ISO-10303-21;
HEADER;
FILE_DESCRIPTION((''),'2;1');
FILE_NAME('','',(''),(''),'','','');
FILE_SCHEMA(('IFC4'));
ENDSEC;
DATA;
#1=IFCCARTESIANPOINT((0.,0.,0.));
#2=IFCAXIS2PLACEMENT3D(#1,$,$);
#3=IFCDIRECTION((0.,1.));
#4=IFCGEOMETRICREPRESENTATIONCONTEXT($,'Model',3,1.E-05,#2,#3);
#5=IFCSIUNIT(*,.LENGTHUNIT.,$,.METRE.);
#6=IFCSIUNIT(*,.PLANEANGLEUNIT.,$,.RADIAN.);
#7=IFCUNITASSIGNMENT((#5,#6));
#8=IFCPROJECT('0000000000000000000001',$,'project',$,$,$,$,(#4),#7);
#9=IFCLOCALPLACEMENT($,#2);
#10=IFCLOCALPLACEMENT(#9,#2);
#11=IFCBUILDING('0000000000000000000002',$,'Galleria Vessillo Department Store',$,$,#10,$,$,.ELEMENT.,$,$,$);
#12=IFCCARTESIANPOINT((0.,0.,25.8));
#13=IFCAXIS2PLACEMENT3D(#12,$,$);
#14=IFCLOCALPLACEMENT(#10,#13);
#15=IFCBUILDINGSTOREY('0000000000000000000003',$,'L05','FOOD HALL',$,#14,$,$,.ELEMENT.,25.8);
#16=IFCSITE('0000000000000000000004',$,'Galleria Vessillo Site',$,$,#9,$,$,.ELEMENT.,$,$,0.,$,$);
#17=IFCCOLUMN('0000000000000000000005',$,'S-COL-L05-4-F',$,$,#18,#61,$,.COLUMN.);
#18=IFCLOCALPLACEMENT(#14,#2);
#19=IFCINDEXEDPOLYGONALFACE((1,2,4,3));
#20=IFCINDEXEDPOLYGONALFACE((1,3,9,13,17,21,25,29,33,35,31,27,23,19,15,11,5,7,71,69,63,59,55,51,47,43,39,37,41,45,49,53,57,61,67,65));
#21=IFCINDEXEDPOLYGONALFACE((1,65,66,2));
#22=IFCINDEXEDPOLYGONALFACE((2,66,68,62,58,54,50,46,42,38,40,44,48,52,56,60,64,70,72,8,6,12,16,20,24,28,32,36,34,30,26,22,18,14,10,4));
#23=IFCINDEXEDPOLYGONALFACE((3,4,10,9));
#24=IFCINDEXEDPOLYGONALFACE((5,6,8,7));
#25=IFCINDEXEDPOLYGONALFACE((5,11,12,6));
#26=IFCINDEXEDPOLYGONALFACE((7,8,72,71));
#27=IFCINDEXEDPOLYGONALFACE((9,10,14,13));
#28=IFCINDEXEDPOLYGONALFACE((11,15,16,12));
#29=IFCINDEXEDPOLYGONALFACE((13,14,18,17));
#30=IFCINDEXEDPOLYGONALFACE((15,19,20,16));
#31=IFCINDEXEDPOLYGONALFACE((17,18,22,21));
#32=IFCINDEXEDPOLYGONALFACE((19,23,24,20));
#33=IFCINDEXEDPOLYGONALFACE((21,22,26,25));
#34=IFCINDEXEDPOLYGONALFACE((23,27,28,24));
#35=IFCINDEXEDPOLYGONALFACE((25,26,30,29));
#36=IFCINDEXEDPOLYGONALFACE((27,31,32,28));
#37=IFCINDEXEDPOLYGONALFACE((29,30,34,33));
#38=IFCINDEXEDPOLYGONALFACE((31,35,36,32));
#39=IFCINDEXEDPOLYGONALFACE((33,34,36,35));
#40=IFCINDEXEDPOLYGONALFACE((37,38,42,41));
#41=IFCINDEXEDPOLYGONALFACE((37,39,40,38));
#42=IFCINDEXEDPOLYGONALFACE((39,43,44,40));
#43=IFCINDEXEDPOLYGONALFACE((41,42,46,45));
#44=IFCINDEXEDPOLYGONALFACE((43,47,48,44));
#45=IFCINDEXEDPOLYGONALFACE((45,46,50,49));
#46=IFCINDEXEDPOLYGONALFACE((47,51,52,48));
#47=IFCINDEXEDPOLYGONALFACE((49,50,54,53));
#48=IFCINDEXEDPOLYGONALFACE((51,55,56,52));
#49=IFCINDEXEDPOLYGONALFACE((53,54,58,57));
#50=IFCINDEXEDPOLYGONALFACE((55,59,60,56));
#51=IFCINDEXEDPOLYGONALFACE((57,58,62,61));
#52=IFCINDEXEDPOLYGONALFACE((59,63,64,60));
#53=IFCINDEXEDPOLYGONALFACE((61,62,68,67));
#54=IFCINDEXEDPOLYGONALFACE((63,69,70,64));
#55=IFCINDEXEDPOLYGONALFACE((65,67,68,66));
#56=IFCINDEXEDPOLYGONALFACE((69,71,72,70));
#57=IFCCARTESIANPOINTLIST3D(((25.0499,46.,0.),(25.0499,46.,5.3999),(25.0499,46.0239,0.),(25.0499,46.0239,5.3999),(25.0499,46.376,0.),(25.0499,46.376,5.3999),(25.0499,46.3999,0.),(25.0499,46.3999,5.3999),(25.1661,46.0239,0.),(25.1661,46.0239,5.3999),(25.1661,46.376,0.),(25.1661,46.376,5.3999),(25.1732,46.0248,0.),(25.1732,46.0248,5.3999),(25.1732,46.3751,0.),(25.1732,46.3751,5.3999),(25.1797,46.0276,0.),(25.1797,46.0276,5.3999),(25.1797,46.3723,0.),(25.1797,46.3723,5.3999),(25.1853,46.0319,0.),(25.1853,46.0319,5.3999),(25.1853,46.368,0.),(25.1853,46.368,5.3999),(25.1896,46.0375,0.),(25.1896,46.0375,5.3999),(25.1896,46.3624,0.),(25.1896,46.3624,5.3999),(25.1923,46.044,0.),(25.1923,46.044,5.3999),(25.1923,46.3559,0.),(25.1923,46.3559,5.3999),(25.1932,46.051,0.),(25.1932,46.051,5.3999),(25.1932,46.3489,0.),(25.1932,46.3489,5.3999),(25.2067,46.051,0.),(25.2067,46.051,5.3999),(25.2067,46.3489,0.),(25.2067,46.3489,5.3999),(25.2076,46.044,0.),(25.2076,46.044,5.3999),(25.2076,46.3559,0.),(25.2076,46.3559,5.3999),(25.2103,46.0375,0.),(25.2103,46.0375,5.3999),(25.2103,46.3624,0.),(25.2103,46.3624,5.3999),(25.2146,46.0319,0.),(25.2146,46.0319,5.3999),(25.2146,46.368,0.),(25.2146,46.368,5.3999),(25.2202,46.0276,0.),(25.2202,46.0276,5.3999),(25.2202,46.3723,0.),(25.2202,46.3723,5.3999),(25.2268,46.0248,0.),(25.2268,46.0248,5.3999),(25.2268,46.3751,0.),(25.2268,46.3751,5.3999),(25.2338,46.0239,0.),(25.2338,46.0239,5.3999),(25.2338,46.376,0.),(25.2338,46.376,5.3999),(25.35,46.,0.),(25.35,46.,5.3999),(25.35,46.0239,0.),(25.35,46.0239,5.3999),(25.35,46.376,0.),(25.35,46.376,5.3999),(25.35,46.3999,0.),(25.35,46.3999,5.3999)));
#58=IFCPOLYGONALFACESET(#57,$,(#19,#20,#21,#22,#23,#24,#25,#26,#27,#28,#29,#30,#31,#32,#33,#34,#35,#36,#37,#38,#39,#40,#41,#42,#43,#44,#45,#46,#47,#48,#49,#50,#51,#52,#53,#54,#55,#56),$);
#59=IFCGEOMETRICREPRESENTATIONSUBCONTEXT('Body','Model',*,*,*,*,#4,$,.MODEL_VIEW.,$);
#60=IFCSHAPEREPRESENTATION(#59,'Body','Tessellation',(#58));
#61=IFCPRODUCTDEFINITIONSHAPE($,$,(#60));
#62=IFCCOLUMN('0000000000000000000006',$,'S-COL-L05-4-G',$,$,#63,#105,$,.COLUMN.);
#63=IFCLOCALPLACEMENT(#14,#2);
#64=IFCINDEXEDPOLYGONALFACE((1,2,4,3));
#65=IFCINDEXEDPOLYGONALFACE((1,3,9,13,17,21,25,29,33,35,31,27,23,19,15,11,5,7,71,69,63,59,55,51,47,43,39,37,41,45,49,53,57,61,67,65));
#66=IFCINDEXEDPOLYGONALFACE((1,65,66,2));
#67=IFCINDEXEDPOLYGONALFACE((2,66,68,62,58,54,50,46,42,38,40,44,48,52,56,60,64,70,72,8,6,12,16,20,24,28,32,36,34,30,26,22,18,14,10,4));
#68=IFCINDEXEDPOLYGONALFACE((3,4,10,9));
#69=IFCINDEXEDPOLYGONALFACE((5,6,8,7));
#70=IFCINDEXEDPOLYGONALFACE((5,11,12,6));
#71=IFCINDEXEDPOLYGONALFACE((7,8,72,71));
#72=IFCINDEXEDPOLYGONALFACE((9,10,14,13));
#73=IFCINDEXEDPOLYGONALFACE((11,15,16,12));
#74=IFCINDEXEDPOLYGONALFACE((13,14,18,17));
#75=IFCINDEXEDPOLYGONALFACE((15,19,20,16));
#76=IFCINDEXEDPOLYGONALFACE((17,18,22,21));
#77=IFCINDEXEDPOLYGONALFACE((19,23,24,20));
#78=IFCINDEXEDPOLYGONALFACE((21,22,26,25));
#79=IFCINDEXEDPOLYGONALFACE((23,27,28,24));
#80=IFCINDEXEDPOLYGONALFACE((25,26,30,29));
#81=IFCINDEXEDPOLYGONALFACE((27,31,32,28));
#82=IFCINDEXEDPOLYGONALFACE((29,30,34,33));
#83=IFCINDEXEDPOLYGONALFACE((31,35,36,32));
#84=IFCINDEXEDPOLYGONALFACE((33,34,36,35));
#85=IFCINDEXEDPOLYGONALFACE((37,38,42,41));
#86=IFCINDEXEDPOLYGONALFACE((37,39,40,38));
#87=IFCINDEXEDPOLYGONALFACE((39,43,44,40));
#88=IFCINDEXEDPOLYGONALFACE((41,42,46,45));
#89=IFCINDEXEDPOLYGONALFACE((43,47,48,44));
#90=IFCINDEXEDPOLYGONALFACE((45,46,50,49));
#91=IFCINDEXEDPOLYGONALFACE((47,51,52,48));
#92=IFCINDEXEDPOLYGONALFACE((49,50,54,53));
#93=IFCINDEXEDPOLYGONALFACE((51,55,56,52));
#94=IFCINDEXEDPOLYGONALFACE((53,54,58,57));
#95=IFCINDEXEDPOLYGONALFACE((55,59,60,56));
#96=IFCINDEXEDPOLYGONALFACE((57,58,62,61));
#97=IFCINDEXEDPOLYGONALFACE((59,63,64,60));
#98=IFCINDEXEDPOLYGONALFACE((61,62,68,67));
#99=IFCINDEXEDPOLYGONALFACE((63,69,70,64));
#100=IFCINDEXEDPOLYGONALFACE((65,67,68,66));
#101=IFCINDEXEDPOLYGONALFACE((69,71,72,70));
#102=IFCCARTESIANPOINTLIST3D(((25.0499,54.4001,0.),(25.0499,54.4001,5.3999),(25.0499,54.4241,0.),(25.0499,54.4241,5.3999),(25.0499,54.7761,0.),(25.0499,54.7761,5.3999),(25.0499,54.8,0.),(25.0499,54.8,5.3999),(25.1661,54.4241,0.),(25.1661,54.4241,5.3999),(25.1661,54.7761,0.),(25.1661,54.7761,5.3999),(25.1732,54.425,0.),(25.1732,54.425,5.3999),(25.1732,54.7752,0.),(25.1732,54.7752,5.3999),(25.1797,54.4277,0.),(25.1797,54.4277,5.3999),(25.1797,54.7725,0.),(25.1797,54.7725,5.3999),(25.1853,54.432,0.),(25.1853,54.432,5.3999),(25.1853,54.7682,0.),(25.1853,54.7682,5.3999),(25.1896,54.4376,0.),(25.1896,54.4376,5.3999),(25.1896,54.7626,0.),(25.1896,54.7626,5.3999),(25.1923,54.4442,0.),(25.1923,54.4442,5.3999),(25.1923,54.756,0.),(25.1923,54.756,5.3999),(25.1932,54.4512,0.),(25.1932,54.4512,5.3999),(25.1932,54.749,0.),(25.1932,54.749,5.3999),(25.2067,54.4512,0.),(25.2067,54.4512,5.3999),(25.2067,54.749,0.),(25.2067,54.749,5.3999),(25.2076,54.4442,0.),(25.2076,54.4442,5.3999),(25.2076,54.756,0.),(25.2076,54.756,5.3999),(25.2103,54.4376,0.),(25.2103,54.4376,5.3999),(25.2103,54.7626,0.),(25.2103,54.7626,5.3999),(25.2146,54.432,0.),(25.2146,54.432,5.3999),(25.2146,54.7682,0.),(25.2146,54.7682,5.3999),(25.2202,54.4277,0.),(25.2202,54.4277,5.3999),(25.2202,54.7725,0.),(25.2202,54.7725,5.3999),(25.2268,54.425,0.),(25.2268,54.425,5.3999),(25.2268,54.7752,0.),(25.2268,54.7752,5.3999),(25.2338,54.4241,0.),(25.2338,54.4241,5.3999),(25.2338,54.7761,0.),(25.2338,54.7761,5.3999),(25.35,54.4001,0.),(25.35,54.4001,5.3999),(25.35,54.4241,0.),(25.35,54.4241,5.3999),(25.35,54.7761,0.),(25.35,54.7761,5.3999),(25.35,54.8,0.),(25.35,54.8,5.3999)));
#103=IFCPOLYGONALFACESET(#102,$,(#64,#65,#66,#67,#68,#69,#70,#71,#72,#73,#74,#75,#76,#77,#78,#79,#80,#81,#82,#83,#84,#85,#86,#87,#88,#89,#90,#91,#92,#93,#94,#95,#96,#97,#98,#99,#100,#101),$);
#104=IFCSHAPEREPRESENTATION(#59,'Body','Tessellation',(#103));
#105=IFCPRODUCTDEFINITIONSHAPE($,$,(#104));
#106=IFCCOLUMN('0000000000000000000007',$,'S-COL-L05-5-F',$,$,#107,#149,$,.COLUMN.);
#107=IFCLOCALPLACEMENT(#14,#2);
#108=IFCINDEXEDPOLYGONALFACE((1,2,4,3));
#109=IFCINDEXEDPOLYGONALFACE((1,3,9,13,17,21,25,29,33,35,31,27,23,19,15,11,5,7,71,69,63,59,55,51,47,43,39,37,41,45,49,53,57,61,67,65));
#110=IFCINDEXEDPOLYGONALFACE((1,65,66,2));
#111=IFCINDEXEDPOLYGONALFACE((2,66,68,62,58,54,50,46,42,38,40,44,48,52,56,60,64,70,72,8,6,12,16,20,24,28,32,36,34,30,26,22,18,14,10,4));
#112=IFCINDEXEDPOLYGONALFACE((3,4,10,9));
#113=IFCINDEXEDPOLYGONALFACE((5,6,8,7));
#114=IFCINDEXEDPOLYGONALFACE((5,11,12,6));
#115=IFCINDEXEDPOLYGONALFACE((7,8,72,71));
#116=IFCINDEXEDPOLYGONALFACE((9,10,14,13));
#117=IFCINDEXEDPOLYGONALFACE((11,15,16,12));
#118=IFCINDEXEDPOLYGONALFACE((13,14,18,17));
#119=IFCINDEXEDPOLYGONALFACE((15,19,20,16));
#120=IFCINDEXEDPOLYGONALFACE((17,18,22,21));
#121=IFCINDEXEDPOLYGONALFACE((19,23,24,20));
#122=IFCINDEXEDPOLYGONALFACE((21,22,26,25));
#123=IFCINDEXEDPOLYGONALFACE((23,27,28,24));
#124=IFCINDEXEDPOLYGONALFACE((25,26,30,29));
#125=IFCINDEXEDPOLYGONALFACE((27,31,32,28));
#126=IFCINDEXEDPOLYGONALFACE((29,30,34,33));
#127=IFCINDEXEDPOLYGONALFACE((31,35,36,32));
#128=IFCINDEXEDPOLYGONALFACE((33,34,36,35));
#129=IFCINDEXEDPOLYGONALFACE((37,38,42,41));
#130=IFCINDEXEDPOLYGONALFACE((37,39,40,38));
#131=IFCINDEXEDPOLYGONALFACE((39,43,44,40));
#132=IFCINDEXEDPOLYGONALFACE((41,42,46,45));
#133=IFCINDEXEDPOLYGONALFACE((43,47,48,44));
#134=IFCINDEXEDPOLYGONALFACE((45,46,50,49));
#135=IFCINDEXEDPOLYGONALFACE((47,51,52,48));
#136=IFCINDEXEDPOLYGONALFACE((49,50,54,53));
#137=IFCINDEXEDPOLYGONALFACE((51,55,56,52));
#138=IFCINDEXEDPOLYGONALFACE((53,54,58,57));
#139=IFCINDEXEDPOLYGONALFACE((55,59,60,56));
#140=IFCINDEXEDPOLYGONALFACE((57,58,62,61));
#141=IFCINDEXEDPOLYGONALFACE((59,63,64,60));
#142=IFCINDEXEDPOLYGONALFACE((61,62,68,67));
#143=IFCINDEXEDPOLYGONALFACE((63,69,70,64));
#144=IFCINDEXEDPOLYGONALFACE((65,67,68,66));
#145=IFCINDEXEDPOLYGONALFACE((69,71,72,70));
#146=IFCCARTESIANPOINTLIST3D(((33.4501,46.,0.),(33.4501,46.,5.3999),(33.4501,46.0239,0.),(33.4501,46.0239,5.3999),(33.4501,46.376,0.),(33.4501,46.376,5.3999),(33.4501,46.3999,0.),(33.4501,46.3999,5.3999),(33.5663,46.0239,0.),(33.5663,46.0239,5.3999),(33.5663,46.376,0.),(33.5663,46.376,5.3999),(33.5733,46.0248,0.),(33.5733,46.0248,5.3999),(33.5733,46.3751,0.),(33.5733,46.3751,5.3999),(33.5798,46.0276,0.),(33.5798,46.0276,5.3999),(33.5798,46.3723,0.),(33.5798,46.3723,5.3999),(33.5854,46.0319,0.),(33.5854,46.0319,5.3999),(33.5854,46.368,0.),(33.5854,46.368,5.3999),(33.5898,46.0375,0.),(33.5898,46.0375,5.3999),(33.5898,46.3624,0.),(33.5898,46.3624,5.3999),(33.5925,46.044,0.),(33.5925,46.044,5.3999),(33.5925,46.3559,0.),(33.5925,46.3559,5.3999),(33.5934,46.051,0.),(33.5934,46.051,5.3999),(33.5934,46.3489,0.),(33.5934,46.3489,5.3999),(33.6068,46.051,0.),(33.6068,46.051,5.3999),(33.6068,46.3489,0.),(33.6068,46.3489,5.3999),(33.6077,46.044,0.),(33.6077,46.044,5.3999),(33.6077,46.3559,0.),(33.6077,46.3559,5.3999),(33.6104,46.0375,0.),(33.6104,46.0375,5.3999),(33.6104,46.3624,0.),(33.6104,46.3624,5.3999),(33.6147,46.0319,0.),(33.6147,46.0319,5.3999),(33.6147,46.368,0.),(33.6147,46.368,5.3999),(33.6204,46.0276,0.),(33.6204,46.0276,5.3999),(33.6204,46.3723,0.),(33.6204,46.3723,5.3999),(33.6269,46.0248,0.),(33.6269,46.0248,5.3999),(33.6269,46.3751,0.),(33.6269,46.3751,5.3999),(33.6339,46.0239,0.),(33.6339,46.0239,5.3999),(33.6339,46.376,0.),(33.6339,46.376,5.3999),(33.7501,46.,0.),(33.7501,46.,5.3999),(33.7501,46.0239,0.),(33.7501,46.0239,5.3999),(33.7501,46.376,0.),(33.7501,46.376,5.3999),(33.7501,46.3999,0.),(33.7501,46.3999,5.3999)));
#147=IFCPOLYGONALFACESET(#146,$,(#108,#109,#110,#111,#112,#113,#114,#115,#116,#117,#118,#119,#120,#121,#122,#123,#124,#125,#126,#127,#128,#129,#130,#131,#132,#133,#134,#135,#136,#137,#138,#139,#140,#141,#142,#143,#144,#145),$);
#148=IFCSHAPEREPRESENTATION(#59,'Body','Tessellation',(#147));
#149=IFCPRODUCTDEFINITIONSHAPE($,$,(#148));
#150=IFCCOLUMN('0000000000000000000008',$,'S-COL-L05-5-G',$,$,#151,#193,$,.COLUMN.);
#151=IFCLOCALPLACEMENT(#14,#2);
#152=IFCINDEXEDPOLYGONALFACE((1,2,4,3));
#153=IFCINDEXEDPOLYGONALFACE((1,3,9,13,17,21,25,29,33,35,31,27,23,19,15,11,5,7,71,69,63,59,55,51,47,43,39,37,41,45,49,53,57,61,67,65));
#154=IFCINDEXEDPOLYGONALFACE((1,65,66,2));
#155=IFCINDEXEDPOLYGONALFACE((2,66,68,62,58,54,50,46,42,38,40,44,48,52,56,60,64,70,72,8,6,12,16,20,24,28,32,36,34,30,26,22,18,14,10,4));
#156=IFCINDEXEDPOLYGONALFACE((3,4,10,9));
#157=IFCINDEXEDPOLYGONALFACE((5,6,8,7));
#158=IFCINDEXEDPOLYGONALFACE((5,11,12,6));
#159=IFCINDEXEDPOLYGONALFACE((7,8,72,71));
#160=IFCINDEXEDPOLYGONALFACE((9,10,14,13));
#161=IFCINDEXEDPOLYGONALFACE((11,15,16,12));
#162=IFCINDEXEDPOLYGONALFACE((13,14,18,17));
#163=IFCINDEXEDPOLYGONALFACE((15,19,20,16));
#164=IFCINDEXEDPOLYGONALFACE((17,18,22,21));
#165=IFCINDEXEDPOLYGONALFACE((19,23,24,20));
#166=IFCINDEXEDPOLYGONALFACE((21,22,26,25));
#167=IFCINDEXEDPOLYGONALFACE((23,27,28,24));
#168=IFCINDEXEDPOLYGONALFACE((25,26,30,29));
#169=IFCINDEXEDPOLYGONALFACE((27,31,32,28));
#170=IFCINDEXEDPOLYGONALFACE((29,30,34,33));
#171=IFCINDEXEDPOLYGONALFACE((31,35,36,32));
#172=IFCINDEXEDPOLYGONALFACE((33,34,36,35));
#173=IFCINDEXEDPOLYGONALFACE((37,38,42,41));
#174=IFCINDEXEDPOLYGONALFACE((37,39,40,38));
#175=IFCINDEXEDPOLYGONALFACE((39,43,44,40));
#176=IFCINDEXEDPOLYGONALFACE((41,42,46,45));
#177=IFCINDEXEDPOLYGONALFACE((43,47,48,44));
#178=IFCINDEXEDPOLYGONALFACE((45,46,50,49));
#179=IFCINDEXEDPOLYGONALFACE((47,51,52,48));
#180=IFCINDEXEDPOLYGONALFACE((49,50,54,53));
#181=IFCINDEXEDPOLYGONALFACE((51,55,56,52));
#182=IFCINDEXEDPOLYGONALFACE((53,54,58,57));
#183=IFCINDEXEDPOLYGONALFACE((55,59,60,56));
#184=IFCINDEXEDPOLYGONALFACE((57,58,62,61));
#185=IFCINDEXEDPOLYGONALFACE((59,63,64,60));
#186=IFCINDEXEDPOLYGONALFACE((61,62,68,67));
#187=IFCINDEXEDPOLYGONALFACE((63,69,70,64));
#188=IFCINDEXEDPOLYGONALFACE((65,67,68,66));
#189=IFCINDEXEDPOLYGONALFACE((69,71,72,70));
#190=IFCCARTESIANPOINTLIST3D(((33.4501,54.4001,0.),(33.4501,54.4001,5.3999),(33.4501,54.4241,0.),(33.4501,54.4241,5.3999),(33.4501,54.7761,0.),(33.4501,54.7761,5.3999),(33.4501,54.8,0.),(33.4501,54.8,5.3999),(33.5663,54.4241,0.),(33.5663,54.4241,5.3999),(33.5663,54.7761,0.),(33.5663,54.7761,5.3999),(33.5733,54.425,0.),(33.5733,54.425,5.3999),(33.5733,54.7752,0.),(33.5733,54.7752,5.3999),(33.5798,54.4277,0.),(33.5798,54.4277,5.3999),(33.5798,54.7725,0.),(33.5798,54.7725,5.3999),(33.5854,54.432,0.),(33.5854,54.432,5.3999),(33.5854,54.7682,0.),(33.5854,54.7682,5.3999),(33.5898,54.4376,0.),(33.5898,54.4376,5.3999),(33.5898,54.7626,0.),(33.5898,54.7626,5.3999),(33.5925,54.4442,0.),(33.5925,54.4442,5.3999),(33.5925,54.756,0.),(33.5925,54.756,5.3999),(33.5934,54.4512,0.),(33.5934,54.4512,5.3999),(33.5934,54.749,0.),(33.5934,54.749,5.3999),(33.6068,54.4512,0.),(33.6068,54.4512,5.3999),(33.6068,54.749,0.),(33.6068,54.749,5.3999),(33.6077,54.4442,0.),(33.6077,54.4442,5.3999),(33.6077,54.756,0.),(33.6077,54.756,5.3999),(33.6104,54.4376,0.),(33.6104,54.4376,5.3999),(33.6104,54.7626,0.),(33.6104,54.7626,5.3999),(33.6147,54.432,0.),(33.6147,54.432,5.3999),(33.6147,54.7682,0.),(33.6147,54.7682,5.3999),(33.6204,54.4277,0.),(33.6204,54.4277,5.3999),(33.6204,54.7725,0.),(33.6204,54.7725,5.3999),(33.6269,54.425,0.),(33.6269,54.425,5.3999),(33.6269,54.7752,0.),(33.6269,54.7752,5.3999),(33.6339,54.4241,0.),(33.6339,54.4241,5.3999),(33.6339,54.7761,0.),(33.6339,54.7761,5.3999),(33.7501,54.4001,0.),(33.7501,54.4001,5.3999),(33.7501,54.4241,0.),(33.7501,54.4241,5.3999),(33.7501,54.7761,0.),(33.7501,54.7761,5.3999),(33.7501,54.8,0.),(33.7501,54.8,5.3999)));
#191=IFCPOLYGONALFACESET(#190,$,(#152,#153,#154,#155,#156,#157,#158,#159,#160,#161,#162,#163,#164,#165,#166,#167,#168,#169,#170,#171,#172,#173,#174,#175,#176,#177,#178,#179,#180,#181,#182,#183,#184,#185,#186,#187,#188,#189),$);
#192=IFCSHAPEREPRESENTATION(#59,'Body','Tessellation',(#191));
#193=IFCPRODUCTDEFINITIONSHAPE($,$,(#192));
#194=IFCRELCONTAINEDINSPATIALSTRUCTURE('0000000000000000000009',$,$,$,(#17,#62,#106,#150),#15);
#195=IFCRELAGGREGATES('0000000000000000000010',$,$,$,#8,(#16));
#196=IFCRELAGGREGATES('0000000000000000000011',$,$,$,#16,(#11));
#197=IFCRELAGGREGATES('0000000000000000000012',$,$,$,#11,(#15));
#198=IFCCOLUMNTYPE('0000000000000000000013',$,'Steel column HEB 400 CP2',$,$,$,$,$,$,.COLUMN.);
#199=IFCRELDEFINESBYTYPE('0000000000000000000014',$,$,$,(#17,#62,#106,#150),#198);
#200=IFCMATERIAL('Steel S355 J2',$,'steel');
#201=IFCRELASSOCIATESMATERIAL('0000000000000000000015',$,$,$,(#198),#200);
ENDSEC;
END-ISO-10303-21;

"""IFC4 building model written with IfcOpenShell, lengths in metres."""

from ifc_helpers import new_model, si_unit, direction, frame, origin, origin_2d, place, context, subcontext, project, spatial, i_section, extrude, material, material_profile, profile_set, type_object, element, save


model = new_model("IFC4")

# Units and contexts
model_context = context("Model", 3, precision=1e-05, world=origin(), true_north=direction((0.0, 1.0)))
body_context = subcontext(model_context, "Body", "Model", "MODEL_VIEW")
ifc_project = project(units=[si_unit("LENGTHUNIT", "METRE"), si_unit("PLANEANGLEUNIT", "RADIAN")], contexts=[model_context])

# Site, building, storey
site_placement = place(None, origin())
site = spatial("IfcSite", under=ifc_project, at=site_placement, Name="Galleria Vessillo Site", CompositionType="ELEMENT", RefElevation=0.0)
building_placement = place(site_placement, origin())
building = spatial("IfcBuilding", under=site, at=building_placement, Name="Galleria Vessillo Department Store", CompositionType="ELEMENT")
storey_placement = place(building_placement, frame((0.0, 0.0, 25.8)))
storey = spatial("IfcBuildingStorey", under=building, at=storey_placement, Name="L05", Description="FOOD HALL", CompositionType="ELEMENT", Elevation=25.8)

# Columns
ifc_material_1 = material(Name="Steel S355 J2", Category="steel")
ifc_material_profile_1 = material_profile(ifc_material_1, i_section(OverallWidth=0.3, OverallDepth=0.3999, WebThickness=0.0134, FlangeThickness=0.0239, FilletRadius=0.0271, at=origin_2d()), Name="HEB 400")
ifc_profile_set_1 = profile_set([ifc_material_profile_1], Name="Steel S355 J2")
column_type = type_object("IfcColumnType", Name="Steel column HEB 400 CP2", PredefinedType="COLUMN", material=ifc_profile_set_1)
for number, where, z_axis, x_axis, name in (
    (1, (25.2, 46.2, 0.0), (0.0, 0.0, 1.0), (1.0, 0.0, 0.0), "S-COL-L05-4-F"),
    (2, (25.2, 54.6001, 0.0), (0.0, 0.0, 1.0), (1.0, 0.0, 0.0), "S-COL-L05-4-G"),
    (3, (33.6001, 46.2, 0.0), (0.0, 0.0, 1.0), (1.0, 0.0, 0.0), "S-COL-L05-5-F"),
    (4, (33.6001, 54.6001, 0.0), (0.0, 0.0, 1.0), (1.0, 0.0, 0.0), "S-COL-L05-5-G"),
):
    element("IfcColumn", number, at=place(storey_placement, frame(where, z_axis=z_axis, x_axis=x_axis)), inside=storey, type_object=column_type, Name=name, PredefinedType="COLUMN", context=body_context, shape_type="SweptSolid", body=[
        extrude(i_section(OverallWidth=0.3, OverallDepth=0.3999, WebThickness=0.0134, FlangeThickness=0.0239, FilletRadius=0.0271, at=origin_2d()), origin(), (0.0, 0.0, 1.0), 5.3999),
    ])

save(model, "model.ifc")
